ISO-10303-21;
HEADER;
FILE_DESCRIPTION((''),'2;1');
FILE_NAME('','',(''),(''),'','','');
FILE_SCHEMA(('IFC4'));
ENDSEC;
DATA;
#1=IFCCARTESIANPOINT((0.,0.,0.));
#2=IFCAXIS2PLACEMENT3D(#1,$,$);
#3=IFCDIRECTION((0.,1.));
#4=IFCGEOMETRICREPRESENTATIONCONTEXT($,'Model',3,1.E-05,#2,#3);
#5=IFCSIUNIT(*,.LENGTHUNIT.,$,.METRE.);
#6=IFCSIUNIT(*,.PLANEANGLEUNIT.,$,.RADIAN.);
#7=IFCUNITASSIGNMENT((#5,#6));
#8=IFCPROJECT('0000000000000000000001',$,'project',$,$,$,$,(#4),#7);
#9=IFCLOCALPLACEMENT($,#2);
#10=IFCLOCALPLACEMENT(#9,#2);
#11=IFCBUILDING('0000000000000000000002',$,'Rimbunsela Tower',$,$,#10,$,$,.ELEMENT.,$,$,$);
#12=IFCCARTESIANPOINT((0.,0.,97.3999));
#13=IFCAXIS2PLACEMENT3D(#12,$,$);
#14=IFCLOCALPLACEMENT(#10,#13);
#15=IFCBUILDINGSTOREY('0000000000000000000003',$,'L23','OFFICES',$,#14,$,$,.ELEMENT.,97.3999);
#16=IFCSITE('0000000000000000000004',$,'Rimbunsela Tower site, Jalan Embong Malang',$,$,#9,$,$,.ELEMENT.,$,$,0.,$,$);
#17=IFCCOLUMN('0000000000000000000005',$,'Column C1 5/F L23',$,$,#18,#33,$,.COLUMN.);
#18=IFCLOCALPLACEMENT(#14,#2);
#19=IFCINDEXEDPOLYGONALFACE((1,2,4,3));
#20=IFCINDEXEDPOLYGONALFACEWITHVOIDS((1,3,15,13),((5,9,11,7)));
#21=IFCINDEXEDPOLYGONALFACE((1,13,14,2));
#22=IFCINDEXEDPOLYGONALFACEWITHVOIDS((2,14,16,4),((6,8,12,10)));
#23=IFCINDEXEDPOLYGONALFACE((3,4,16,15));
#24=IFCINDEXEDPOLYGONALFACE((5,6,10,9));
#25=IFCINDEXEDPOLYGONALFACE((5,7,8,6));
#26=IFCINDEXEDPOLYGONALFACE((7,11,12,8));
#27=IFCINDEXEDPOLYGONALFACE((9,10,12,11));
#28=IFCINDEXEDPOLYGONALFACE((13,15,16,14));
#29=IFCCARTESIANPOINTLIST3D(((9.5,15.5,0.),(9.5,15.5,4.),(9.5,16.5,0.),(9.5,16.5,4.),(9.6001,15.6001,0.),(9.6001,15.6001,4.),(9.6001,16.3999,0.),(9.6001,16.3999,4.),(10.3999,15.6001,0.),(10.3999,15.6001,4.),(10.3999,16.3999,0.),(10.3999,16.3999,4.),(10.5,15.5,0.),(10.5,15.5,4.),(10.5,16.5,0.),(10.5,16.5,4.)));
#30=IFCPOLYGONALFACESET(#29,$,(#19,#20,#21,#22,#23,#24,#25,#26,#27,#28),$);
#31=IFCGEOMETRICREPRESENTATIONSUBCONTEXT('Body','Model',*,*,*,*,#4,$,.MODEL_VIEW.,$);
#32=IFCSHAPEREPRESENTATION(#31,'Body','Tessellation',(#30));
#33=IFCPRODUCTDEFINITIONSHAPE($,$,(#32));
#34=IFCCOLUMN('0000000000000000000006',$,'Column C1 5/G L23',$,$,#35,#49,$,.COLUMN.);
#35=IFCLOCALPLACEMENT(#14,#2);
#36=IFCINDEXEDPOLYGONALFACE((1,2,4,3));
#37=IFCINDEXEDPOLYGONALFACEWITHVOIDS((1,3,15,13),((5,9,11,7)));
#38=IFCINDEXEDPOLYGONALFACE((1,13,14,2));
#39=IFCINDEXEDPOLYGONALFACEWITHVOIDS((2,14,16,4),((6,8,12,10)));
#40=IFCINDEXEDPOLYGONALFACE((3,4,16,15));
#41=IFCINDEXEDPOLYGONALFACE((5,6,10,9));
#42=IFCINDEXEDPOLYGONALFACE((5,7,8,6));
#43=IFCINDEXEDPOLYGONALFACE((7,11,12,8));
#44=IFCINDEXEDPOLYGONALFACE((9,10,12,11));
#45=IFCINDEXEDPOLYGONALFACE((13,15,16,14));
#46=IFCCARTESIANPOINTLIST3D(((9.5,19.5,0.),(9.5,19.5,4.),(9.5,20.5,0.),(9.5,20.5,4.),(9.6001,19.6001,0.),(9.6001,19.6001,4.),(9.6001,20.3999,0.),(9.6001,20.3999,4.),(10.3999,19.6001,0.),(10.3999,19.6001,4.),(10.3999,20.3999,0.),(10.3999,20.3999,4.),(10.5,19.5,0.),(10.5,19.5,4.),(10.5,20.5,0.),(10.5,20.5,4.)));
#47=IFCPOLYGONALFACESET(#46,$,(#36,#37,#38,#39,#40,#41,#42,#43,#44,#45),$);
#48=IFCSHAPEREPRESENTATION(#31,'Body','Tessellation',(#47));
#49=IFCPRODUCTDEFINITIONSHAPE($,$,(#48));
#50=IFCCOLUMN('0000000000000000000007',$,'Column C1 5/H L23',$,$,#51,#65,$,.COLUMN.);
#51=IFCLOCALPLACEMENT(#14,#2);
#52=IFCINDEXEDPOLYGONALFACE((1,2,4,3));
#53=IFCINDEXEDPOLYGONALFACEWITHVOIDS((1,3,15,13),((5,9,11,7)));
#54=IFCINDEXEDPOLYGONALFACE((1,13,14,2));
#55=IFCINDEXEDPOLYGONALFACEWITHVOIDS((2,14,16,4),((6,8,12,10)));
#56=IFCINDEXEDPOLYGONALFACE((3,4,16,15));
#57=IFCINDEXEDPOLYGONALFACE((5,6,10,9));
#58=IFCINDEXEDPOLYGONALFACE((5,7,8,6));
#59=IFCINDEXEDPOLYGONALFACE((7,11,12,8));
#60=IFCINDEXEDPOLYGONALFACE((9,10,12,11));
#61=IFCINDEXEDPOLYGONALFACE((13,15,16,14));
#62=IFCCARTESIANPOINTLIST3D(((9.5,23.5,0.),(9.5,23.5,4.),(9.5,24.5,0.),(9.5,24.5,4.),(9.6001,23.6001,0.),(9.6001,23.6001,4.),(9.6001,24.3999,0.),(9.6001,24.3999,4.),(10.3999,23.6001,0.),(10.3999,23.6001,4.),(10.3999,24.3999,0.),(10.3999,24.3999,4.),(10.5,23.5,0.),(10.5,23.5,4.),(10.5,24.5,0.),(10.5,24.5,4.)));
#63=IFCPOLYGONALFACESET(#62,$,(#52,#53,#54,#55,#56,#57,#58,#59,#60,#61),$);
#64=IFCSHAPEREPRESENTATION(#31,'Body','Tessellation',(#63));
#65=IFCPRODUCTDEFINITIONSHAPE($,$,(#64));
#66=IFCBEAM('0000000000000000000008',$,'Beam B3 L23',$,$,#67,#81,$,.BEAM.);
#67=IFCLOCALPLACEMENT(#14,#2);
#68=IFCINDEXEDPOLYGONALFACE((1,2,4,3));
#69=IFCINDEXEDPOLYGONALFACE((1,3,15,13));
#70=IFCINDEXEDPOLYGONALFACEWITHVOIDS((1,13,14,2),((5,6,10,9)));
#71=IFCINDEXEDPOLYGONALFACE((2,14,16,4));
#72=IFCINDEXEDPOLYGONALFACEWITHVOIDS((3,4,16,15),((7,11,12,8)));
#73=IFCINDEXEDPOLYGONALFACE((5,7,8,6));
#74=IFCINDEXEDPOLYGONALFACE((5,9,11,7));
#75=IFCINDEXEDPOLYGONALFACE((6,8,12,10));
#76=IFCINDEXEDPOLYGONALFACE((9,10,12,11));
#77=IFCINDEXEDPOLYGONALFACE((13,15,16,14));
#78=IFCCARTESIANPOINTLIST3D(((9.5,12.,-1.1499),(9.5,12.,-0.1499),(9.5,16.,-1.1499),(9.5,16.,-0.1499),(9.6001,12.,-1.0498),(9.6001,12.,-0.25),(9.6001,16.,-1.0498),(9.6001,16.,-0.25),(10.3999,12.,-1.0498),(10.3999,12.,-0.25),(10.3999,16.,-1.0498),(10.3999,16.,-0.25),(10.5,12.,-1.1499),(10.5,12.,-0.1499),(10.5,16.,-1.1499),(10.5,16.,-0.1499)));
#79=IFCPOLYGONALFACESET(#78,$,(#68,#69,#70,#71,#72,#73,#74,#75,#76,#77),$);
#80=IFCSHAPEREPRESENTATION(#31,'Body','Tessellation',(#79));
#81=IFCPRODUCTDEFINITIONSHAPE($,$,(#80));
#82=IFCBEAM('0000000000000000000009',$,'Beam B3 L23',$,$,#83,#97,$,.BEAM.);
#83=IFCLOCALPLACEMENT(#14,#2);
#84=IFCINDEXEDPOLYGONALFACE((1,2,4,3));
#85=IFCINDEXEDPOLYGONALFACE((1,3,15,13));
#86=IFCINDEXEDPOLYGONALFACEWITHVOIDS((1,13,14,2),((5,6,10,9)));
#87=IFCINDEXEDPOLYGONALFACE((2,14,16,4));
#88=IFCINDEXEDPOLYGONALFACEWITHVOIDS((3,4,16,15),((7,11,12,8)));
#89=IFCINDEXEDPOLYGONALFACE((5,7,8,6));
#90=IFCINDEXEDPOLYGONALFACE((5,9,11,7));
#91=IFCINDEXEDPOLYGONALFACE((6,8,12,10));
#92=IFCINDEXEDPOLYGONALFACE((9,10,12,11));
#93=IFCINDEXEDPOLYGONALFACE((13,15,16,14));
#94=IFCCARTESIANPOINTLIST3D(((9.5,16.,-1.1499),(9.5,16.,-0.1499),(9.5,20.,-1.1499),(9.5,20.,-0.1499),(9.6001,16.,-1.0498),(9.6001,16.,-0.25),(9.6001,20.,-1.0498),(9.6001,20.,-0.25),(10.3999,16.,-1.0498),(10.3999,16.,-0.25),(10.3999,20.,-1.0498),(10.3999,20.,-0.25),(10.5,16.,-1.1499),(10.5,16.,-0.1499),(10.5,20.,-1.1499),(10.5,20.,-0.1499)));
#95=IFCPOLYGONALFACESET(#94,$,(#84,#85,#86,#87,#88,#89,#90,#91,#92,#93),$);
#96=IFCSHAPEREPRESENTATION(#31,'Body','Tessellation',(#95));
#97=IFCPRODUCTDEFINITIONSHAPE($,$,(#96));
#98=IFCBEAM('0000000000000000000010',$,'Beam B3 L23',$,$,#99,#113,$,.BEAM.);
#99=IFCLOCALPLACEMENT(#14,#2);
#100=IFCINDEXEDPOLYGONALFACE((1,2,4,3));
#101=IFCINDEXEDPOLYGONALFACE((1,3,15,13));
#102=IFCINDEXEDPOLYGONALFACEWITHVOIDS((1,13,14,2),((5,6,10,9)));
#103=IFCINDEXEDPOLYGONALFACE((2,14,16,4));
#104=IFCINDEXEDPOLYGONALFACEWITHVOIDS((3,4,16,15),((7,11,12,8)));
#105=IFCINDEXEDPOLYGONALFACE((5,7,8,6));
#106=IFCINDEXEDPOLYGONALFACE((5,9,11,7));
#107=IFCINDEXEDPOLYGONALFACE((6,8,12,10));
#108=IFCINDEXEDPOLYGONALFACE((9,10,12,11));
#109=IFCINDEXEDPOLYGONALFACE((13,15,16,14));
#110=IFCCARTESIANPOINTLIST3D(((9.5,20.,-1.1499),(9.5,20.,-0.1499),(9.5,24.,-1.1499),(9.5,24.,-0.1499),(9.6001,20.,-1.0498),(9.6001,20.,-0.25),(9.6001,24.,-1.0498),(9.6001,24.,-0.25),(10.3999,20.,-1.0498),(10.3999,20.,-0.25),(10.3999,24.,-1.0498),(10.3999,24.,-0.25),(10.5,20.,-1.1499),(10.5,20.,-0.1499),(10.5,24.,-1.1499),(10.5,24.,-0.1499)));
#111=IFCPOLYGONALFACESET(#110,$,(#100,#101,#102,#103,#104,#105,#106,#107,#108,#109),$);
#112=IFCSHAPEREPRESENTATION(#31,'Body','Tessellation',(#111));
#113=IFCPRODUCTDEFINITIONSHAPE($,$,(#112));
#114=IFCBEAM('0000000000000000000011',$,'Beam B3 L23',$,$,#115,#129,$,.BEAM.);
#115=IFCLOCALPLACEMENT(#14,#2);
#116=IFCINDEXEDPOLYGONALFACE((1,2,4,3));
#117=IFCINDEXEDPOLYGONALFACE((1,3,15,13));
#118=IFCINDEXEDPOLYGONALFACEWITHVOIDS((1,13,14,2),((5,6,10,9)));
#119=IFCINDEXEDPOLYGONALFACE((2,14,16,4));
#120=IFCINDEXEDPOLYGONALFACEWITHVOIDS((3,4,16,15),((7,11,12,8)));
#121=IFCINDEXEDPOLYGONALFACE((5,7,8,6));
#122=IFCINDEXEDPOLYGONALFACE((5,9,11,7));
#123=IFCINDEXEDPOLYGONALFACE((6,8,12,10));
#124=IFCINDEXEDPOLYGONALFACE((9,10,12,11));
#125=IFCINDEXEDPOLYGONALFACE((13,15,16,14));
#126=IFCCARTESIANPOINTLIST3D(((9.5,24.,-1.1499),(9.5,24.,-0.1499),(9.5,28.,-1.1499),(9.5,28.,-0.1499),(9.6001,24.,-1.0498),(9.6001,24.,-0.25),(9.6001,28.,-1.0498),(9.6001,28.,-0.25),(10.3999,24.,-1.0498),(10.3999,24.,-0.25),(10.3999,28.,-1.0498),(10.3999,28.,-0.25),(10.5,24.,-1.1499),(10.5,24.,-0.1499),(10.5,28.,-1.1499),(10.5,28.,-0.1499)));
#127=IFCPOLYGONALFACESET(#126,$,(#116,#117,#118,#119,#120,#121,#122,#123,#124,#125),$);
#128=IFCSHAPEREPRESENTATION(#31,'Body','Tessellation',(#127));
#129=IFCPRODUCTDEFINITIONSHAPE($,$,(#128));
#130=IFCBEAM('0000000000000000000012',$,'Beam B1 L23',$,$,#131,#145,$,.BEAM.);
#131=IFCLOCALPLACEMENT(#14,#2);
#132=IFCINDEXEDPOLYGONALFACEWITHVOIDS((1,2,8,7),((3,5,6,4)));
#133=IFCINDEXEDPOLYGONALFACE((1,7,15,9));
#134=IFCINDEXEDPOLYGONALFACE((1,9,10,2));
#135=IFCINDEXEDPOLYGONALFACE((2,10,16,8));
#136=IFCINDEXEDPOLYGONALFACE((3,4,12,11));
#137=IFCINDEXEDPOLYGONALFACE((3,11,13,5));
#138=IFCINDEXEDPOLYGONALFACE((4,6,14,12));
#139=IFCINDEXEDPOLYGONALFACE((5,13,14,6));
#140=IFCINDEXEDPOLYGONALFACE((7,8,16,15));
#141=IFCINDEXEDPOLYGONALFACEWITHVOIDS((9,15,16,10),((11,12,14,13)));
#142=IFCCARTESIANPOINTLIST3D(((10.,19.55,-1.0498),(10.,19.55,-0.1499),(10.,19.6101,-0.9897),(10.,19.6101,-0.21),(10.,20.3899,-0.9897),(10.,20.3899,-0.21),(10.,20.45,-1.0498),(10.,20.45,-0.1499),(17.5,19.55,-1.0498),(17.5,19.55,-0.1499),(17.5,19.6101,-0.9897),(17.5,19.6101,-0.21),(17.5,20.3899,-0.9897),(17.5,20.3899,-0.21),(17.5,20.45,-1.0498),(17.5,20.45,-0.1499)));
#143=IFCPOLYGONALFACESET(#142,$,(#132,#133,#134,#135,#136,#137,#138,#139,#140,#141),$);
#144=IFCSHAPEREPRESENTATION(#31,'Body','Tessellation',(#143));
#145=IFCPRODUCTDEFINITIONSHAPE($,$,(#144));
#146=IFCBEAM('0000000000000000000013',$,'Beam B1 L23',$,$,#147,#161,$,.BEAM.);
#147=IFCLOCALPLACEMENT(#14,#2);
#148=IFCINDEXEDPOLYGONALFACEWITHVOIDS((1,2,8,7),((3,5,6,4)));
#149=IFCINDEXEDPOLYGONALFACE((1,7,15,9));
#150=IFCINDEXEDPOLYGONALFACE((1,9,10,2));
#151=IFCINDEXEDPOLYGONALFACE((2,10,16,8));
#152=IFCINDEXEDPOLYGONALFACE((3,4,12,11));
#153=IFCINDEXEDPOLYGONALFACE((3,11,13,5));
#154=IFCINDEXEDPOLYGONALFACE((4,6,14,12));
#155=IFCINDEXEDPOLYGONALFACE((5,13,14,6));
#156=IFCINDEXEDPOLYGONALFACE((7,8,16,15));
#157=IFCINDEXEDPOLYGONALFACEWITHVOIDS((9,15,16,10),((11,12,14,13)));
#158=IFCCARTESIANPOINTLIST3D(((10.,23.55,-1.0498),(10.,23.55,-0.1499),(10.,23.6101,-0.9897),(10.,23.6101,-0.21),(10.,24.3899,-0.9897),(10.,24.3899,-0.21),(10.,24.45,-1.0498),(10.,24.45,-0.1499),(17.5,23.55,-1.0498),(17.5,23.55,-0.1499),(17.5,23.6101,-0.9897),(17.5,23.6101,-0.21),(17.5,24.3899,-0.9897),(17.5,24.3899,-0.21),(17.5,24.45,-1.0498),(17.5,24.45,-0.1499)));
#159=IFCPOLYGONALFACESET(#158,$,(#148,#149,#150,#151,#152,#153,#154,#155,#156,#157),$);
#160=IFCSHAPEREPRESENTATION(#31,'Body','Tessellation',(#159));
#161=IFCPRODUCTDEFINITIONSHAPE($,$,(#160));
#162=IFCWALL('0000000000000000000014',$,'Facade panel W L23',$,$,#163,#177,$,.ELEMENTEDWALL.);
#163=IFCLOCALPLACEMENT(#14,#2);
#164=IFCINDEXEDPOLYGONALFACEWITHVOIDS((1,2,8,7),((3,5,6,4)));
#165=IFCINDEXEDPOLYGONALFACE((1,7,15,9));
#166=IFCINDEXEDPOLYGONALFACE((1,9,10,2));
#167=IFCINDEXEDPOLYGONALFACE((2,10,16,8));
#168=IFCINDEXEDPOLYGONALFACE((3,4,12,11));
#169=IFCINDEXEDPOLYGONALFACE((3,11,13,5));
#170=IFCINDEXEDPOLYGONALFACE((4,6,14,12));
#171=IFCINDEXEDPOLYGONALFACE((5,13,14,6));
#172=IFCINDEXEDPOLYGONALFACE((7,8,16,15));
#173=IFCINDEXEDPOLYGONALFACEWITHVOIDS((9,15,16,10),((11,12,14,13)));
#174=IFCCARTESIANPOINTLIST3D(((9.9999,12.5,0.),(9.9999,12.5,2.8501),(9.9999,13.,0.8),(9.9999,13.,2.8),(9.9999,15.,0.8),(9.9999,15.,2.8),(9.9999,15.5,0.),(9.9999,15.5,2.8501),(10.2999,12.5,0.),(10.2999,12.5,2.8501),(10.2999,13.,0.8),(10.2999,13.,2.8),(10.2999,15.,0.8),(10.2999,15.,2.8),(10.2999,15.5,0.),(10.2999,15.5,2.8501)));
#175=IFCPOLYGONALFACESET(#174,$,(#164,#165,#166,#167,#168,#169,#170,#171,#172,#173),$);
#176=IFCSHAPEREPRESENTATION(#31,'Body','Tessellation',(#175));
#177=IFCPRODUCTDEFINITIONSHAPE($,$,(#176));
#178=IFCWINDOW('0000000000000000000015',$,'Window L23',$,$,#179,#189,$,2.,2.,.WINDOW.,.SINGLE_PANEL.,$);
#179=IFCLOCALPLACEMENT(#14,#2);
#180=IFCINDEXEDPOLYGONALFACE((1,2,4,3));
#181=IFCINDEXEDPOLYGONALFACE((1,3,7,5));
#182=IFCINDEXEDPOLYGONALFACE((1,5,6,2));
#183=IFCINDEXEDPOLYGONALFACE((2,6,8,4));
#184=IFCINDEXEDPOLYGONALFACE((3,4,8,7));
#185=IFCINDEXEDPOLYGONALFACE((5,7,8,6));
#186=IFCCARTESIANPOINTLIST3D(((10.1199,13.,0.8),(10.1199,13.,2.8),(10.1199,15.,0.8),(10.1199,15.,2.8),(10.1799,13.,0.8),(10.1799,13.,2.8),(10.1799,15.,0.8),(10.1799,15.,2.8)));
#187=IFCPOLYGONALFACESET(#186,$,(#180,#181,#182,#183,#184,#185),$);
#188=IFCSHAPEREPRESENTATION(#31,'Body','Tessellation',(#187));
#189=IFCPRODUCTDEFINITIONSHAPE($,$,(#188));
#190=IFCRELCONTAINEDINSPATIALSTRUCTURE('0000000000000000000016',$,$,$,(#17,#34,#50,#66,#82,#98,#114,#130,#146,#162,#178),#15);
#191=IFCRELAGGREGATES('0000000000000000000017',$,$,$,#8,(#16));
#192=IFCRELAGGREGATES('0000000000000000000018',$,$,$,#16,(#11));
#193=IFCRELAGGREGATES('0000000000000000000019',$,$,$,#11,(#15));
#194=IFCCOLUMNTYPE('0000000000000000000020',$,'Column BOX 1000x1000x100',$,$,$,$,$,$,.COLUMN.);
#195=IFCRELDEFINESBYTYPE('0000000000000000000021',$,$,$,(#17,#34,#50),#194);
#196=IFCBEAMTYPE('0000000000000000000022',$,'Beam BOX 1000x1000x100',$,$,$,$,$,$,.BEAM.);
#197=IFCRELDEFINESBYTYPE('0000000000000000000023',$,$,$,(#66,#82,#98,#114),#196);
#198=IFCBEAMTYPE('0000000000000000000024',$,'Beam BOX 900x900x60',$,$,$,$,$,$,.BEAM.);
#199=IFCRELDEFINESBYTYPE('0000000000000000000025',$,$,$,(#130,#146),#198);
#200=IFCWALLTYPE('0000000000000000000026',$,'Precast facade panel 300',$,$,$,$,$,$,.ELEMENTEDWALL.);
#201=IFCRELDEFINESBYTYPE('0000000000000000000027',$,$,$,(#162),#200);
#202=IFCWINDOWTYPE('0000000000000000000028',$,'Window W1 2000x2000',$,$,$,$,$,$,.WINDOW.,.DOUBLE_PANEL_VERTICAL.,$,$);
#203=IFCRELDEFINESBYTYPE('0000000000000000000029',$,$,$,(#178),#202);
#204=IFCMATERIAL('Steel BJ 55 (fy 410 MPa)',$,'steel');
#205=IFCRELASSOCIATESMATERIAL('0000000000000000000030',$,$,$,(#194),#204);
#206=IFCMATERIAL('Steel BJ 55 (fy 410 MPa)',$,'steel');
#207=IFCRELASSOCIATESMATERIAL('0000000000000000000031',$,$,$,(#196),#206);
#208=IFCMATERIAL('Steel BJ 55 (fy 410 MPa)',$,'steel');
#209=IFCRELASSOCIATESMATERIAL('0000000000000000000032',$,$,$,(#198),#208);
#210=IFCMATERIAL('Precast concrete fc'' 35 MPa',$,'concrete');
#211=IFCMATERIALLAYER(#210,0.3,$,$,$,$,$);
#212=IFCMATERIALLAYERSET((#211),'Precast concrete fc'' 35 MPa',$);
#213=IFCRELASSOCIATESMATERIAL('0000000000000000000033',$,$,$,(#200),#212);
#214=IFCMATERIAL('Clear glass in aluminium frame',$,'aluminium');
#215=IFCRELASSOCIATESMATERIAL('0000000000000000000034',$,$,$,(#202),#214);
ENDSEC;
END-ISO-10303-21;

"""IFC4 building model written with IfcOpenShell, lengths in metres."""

from ifc_helpers import new_model, si_unit, direction, frame, frame_2d, origin, origin_2d, place, context, subcontext, project, spatial, rectangle, hollow_rectangle, extrude, material, layer, layer_set, material_profile, profile_set, type_object, element, fill, save


model = new_model("IFC4")

# Units and contexts
model_context = context("Model", 3, precision=1e-05, world=origin(), true_north=direction((0.0, 1.0)))
body_context = subcontext(model_context, "Body", "Model", "MODEL_VIEW")
ifc_project = project(units=[si_unit("LENGTHUNIT", "METRE"), si_unit("PLANEANGLEUNIT", "RADIAN")], contexts=[model_context])

# Site, building, storey
site_placement = place(None, origin())
site = spatial("IfcSite", under=ifc_project, at=site_placement, Name="Rimbunsela Tower site, Jalan Embong Malang", CompositionType="ELEMENT", RefElevation=0.0)
building_placement = place(site_placement, origin())
building = spatial("IfcBuilding", under=site, at=building_placement, Name="Rimbunsela Tower", CompositionType="ELEMENT")
storey_placement = place(building_placement, frame((0.0, 0.0, 97.3999)))
storey = spatial("IfcBuildingStorey", under=building, at=storey_placement, Name="L23", Description="OFFICES", CompositionType="ELEMENT", Elevation=97.3999)

# Columns
ifc_material_1 = material(Name="Steel BJ 55 (fy 410 MPa)", Category="steel")
ifc_material_profile_1 = material_profile(ifc_material_1, hollow_rectangle(XDim=1.0, YDim=1.0, WallThickness=0.1001, at=origin_2d()), Name="BOX 1000x1000x100")
ifc_profile_set_1 = profile_set([ifc_material_profile_1], Name="Steel BJ 55 (fy 410 MPa)")
column_type = type_object("IfcColumnType", Name="Column BOX 1000x1000x100", PredefinedType="COLUMN", material=ifc_profile_set_1)
for number, where, z_axis, x_axis, name in (
    (1, (10.0, 16.0, 0.0), (0.0, 0.0, 1.0), (1.0, 0.0, 0.0), "Column C1 5/F L23"),
    (2, (10.0, 20.0, 0.0), (0.0, 0.0, 1.0), (1.0, 0.0, 0.0), "Column C1 5/G L23"),
    (3, (10.0, 24.0, 0.0), (0.0, 0.0, 1.0), (1.0, 0.0, 0.0), "Column C1 5/H L23"),
):
    element("IfcColumn", number, at=place(storey_placement, frame(where, z_axis=z_axis, x_axis=x_axis)), inside=storey, type_object=column_type, Name=name, PredefinedType="COLUMN", context=body_context, shape_type="SweptSolid", body=[
        extrude(hollow_rectangle(XDim=1.0, YDim=1.0, WallThickness=0.1001, at=origin_2d()), origin(), (0.0, 0.0, 1.0), 4.0),
    ])

# Beams
ifc_material_2 = material(Name="Steel BJ 55 (fy 410 MPa)", Category="steel")
ifc_material_profile_2 = material_profile(ifc_material_2, hollow_rectangle(XDim=1.0, YDim=1.0, WallThickness=0.1001, at=origin_2d()), Name="BOX 1000x1000x100")
ifc_profile_set_2 = profile_set([ifc_material_profile_2], Name="Steel BJ 55 (fy 410 MPa)")
beam_type_1 = type_object("IfcBeamType", Name="Beam BOX 1000x1000x100", PredefinedType="BEAM", material=ifc_profile_set_2)
for number, where, z_axis, x_axis, name in (
    (4, (10.0, 12.0, -0.6499), (0.0, 1.0, 0.0), (-1.0, 0.0, 0.0), "Beam B3 L23"),
    (5, (10.0, 16.0, -0.6499), (0.0, 1.0, 0.0), (-1.0, 0.0, 0.0), "Beam B3 L23"),
    (6, (10.0, 20.0, -0.6499), (0.0, 1.0, 0.0), (-1.0, 0.0, 0.0), "Beam B3 L23"),
    (7, (10.0, 24.0, -0.6499), (0.0, 1.0, 0.0), (-1.0, 0.0, 0.0), "Beam B3 L23"),
):
    element("IfcBeam", number, at=place(storey_placement, frame(where, z_axis=z_axis, x_axis=x_axis)), inside=storey, type_object=beam_type_1, Name=name, PredefinedType="BEAM", context=body_context, shape_type="SweptSolid", body=[
        extrude(hollow_rectangle(XDim=1.0, YDim=1.0, WallThickness=0.1001, at=origin_2d()), origin(), (0.0, 0.0, 1.0), 4.0),
    ])
ifc_material_3 = material(Name="Steel BJ 55 (fy 410 MPa)", Category="steel")
ifc_material_profile_3 = material_profile(ifc_material_3, hollow_rectangle(XDim=0.8999, YDim=0.8999, WallThickness=0.0601, at=origin_2d()), Name="BOX 900x900x60")
ifc_profile_set_3 = profile_set([ifc_material_profile_3], Name="Steel BJ 55 (fy 410 MPa)")
beam_type_2 = type_object("IfcBeamType", Name="Beam BOX 900x900x60", PredefinedType="BEAM", material=ifc_profile_set_3)
for number, where, z_axis, x_axis, name in (
    (8, (10.0, 20.0, -0.5999), (1.0, 0.0, 0.0), (0.0, 1.0, 0.0), "Beam B1 L23"),
    (9, (10.0, 24.0, -0.5999), (1.0, 0.0, 0.0), (0.0, 1.0, 0.0), "Beam B1 L23"),
):
    element("IfcBeam", number, at=place(storey_placement, frame(where, z_axis=z_axis, x_axis=x_axis)), inside=storey, type_object=beam_type_2, Name=name, PredefinedType="BEAM", context=body_context, shape_type="SweptSolid", body=[
        extrude(hollow_rectangle(XDim=0.8999, YDim=0.8999, WallThickness=0.0601, at=origin_2d()), origin(), (0.0, 0.0, 1.0), 7.5),
    ])

# Wall, opening, window
ifc_material_4 = material(Name="Precast concrete fc' 35 MPa", Category="concrete")
ifc_layer_1 = layer(ifc_material_4, 0.3)
ifc_layer_set_1 = layer_set([ifc_layer_1], Name="Precast concrete fc' 35 MPa")
wall_type = type_object("IfcWallType", Name="Precast facade panel 300", PredefinedType="ELEMENTEDWALL", material=ifc_layer_set_1)
wall_placement = place(storey_placement, frame((10.1499, 15.5, 0.0), z_axis=(0.0, 0.0, 1.0), x_axis=(0.0, -1.0, 0.0)))
wall = element("IfcWall", 10, at=wall_placement, inside=storey, type_object=wall_type, Name="Facade panel W L23", PredefinedType="ELEMENTEDWALL", context=body_context, shape_type="SweptSolid", body=[
    extrude(rectangle(XDim=3.0, YDim=0.3, at=frame_2d((1.5, 0.0))), origin(), (0.0, 0.0, 1.0), 2.8501),
])
opening_placement = place(wall_placement, frame((0.5, 0.0, 0.8)))
opening = element("IfcOpeningElement", 11, at=opening_placement, cuts=wall, PredefinedType="OPENING", context=body_context, shape_type="SweptSolid", body=[
    extrude(rectangle(XDim=2.0, YDim=2.0, at=frame_2d((1.0, 1.0))), frame((0.0, 0.1599, 0.0), z_axis=(0.0, -1.0, 0.0), x_axis=(1.0, 0.0, 0.0)), (0.0, 0.0, 1.0), 0.3201),
])
ifc_material_5 = material(Name="Clear glass in aluminium frame", Category="aluminium")
window_type = type_object("IfcWindowType", Name="Window W1 2000x2000", PartitioningType="DOUBLE_PANEL_VERTICAL", PredefinedType="WINDOW", material=ifc_material_5)
window_placement = place(opening_placement, origin())
window = element("IfcWindow", 12, at=window_placement, inside=storey, type_object=window_type, Name="Window L23", OverallHeight=2.0, OverallWidth=2.0, PartitioningType="SINGLE_PANEL", PredefinedType="WINDOW", context=body_context, shape_type="SweptSolid", body=[
    extrude(rectangle(XDim=2.0, YDim=2.0, at=frame_2d((1.0, 1.0))), frame((0.0, 0.03, 0.0), z_axis=(0.0, -1.0, 0.0), x_axis=(1.0, 0.0, 0.0)), (0.0, 0.0, 1.0), 0.0601),
])
fill(opening, window)

save(model, "model.ifc")
